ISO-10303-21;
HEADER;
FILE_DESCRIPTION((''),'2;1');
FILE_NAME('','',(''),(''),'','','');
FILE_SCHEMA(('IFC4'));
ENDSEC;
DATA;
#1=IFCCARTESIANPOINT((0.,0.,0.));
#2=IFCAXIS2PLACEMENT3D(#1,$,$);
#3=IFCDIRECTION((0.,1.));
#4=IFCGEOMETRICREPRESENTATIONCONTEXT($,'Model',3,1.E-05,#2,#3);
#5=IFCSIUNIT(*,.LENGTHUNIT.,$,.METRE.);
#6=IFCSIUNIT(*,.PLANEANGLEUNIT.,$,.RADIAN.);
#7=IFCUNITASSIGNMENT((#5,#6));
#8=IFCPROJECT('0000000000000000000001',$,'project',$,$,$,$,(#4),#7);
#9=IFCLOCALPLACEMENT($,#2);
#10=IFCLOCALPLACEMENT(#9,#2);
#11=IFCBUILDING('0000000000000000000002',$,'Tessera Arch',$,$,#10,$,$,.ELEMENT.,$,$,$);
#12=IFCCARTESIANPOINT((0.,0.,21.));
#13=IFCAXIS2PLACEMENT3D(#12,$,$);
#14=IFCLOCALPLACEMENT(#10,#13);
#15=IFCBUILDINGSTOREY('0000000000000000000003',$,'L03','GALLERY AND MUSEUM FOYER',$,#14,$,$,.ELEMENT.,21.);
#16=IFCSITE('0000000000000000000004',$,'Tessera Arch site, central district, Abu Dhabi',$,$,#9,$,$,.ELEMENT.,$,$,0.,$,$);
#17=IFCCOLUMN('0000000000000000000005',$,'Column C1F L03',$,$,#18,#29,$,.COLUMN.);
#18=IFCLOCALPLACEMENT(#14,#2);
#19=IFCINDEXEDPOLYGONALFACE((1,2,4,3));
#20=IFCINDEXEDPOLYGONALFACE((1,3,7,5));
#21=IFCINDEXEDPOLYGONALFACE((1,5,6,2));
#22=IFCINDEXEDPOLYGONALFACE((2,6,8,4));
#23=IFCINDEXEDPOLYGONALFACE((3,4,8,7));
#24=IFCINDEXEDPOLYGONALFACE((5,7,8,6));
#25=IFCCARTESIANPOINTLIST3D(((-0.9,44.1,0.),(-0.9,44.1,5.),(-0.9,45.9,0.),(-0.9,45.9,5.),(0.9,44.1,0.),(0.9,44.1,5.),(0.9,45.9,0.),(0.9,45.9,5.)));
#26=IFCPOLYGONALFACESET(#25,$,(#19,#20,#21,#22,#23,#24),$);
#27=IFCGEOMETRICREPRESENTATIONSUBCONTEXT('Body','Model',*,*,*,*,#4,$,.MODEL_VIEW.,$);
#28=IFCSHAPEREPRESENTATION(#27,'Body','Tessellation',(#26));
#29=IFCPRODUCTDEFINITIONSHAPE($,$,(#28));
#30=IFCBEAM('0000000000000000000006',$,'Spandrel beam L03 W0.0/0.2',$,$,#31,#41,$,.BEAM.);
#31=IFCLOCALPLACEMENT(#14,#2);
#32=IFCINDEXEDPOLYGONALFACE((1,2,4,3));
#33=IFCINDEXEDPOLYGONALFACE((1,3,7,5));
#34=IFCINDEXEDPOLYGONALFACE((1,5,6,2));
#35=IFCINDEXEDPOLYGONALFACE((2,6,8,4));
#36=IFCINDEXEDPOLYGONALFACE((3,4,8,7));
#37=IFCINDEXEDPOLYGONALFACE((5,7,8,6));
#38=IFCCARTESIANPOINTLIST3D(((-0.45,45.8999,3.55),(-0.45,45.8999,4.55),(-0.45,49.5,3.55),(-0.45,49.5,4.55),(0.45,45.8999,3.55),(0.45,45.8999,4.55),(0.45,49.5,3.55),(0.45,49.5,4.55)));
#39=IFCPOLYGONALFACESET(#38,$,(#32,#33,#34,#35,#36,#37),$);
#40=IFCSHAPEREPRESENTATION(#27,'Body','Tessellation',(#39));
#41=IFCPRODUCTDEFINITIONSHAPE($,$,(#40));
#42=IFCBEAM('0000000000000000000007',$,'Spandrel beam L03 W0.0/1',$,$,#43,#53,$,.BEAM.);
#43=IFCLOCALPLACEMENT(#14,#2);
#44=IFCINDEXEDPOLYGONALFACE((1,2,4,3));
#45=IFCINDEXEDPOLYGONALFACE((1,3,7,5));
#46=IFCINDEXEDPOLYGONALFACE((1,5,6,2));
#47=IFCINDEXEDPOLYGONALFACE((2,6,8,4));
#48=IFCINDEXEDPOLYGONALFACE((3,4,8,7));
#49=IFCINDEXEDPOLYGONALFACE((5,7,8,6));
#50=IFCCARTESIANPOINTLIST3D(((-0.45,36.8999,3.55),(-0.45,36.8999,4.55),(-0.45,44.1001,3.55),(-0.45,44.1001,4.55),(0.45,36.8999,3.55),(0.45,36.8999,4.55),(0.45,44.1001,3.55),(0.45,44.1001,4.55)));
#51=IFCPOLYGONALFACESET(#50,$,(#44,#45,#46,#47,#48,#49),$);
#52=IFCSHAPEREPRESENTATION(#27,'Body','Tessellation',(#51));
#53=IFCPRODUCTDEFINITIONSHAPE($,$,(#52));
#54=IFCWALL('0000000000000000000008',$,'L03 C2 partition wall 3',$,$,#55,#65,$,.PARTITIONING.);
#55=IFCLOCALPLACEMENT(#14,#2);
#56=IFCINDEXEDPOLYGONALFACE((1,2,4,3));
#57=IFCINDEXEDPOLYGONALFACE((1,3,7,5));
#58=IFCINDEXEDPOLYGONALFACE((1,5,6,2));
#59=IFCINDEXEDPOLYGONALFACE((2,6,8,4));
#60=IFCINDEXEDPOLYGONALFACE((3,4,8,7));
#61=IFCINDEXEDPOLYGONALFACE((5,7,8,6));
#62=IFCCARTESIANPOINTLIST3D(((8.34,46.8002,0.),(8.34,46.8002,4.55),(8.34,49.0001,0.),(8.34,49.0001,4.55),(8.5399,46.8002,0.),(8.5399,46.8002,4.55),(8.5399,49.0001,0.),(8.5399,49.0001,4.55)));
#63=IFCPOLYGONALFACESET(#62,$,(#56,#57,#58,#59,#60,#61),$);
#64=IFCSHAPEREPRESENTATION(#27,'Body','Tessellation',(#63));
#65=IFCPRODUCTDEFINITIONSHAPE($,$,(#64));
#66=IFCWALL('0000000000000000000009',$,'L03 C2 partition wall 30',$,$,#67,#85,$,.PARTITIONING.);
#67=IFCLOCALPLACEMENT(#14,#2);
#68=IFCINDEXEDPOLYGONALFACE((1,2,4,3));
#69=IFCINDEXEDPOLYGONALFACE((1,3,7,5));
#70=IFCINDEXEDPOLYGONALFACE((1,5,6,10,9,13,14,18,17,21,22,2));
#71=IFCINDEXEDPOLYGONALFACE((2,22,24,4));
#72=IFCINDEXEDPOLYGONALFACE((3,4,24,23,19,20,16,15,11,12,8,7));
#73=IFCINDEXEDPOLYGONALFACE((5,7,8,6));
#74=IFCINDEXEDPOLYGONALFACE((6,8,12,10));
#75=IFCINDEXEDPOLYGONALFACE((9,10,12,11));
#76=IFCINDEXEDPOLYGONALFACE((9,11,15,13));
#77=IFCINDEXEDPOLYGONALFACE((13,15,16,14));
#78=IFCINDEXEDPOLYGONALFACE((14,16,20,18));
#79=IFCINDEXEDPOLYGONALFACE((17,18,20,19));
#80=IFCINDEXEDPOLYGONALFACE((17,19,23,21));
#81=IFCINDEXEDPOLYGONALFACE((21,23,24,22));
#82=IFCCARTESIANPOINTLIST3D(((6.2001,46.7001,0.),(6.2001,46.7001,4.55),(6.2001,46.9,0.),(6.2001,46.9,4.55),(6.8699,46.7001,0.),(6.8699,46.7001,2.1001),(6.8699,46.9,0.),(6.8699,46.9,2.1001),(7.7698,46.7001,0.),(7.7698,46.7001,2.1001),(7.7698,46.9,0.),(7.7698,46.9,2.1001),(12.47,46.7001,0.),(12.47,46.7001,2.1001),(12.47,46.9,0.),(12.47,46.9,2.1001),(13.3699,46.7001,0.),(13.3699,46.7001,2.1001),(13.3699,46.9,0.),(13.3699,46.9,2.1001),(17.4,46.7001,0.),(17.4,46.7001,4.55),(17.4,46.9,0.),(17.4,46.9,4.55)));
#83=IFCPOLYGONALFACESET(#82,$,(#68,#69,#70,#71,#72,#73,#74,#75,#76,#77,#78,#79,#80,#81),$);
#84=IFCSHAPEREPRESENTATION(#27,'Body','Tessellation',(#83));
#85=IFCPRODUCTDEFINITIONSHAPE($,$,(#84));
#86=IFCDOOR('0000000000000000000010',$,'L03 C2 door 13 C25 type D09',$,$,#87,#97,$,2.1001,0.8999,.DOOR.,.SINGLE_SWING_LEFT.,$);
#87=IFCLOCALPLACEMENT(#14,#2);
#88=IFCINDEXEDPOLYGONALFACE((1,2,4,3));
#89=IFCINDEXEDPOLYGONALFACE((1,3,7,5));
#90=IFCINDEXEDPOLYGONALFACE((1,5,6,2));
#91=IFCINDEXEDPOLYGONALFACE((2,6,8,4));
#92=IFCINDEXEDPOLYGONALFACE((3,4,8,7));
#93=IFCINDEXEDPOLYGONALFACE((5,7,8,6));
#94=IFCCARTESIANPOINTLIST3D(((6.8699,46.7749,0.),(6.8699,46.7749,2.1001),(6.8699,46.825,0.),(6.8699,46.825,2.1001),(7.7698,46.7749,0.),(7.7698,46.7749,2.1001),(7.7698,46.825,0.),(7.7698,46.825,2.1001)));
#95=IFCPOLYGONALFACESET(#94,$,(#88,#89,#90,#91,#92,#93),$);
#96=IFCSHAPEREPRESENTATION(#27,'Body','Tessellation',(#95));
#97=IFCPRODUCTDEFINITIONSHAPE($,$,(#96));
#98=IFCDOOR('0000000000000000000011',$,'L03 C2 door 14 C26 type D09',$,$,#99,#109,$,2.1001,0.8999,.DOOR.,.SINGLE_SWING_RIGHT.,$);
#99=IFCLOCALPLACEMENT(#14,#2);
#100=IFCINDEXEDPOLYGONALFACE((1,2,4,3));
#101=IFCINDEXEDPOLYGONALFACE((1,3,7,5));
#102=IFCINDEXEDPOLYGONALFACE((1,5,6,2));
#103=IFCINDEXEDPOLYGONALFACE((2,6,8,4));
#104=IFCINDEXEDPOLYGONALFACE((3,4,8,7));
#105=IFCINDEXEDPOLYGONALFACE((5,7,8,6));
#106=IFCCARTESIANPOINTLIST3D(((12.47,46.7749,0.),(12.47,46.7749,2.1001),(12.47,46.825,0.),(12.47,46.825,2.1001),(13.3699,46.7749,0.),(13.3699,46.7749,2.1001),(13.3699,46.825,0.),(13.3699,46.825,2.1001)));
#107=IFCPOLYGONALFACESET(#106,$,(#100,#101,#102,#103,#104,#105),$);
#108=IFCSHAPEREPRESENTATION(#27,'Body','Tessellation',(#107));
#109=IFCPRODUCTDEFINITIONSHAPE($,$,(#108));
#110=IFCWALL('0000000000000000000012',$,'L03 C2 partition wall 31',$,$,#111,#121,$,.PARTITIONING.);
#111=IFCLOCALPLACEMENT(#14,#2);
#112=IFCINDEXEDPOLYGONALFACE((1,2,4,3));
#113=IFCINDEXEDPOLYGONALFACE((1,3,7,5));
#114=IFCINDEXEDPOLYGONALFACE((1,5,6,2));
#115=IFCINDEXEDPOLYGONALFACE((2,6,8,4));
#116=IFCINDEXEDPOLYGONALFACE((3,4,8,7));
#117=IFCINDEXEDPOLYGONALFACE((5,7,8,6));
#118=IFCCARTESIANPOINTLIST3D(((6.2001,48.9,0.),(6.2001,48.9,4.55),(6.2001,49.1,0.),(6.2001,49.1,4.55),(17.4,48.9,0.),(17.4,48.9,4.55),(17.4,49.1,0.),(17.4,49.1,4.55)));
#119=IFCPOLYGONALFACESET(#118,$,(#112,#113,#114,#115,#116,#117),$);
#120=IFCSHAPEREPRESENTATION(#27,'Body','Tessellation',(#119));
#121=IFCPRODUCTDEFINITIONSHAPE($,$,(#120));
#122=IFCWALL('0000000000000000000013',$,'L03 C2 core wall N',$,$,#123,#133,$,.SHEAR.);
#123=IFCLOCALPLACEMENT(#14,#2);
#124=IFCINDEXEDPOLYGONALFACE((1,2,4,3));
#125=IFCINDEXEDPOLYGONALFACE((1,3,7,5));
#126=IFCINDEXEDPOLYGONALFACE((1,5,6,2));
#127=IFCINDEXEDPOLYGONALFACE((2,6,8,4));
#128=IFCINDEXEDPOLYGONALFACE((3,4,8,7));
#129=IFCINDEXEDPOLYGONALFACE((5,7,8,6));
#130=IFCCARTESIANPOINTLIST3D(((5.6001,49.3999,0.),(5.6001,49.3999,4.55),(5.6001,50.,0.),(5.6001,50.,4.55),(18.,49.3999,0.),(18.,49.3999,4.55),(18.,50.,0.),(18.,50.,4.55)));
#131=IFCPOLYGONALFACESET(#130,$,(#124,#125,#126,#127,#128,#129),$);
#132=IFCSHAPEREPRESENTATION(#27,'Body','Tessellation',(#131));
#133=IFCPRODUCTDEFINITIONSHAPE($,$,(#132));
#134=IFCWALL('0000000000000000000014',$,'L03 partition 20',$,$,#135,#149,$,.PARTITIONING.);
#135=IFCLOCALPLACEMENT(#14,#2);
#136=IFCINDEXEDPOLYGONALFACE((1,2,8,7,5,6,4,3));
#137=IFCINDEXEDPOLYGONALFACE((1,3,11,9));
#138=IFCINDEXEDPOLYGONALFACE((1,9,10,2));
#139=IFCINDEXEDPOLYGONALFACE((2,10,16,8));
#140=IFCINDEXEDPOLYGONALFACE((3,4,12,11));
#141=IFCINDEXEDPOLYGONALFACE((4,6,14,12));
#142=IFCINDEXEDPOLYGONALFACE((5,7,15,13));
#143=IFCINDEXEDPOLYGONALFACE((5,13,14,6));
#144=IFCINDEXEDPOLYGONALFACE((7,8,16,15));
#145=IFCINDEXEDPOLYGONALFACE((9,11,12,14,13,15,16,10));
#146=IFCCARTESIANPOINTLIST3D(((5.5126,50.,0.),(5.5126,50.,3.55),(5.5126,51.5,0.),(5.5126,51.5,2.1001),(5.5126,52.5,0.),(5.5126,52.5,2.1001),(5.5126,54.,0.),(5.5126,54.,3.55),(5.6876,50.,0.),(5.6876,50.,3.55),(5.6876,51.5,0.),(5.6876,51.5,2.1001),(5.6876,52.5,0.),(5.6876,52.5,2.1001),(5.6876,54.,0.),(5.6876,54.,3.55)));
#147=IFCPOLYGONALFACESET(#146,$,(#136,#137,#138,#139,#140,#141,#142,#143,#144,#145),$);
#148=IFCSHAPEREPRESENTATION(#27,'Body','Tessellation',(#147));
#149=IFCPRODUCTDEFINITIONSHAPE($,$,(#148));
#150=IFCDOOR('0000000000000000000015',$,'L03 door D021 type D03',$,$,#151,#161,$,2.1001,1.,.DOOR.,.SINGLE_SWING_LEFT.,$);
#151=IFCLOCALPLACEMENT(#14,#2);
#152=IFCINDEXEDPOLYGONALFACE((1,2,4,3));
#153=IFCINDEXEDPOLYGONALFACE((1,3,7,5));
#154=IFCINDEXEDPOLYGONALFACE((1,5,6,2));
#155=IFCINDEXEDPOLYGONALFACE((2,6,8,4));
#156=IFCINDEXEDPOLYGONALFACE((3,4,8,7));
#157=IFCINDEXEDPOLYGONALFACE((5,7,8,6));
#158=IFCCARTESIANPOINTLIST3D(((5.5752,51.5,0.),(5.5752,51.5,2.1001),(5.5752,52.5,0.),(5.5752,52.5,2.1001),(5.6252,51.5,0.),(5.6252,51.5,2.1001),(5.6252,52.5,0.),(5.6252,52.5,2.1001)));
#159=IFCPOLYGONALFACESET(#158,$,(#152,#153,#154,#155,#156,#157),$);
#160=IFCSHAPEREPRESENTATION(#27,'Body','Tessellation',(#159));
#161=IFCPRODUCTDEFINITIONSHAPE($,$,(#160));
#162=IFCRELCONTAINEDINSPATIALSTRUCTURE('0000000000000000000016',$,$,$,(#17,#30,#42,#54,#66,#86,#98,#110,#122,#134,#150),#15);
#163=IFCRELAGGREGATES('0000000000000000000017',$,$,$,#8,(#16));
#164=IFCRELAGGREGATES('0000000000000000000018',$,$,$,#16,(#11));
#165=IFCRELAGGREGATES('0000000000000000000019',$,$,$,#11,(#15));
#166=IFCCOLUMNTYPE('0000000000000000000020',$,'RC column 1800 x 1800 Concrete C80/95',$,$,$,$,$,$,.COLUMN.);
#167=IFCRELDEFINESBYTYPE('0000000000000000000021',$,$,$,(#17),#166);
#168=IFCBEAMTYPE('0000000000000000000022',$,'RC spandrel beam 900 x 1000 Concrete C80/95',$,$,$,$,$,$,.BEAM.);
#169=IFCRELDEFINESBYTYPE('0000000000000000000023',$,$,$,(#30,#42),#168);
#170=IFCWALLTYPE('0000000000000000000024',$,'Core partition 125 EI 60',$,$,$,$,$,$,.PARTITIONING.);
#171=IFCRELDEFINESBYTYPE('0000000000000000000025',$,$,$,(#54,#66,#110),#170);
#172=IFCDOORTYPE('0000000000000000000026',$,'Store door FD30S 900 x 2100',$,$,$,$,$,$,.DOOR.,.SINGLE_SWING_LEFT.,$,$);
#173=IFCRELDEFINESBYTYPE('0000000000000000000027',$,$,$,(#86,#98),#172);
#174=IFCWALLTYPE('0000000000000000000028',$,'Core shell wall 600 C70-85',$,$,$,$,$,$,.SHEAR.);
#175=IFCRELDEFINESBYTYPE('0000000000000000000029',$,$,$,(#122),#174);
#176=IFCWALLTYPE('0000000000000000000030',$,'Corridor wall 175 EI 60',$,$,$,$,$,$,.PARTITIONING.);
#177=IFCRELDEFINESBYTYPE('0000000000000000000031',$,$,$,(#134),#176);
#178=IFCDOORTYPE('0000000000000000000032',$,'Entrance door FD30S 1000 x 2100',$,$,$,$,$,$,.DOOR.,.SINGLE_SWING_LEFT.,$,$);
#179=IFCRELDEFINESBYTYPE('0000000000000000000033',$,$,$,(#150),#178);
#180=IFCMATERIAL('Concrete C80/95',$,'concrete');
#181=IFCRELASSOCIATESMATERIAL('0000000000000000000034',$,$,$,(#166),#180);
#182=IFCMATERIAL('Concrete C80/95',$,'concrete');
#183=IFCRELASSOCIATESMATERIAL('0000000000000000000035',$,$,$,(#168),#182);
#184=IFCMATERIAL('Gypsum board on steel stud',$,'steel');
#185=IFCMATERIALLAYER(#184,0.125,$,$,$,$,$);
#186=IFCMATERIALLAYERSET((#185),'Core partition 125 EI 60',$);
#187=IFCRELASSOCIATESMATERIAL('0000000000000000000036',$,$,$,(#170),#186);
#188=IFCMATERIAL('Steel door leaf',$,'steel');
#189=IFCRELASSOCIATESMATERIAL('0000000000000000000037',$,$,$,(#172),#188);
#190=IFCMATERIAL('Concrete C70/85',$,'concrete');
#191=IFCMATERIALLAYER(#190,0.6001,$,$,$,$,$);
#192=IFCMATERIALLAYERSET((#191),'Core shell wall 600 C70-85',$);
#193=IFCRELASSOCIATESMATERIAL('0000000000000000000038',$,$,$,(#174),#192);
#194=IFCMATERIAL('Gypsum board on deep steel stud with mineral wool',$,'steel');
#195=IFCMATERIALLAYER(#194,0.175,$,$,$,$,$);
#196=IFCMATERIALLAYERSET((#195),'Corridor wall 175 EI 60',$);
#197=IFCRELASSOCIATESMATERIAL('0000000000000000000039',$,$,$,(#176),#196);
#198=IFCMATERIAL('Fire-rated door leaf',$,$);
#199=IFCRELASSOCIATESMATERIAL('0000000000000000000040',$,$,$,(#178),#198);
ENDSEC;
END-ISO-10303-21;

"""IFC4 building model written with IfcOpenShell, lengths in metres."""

from ifc_helpers import new_model, si_unit, direction, frame, frame_2d, origin, origin_2d, place, context, subcontext, project, spatial, rectangle, extrude, material, layer, layer_set, material_profile, profile_set, type_object, element, fill, save


model = new_model("IFC4")

# Units and contexts
model_context = context("Model", 3, precision=1e-05, world=origin(), true_north=direction((0.0, 1.0)))
body_context = subcontext(model_context, "Body", "Model", "MODEL_VIEW")
ifc_project = project(units=[si_unit("LENGTHUNIT", "METRE"), si_unit("PLANEANGLEUNIT", "RADIAN")], contexts=[model_context])

# Site, building, storey
site_placement = place(None, origin())
site = spatial("IfcSite", under=ifc_project, at=site_placement, Name="Tessera Arch site, central district, Abu Dhabi", CompositionType="ELEMENT", RefElevation=0.0)
building_placement = place(site_placement, origin())
building = spatial("IfcBuilding", under=site, at=building_placement, Name="Tessera Arch", CompositionType="ELEMENT")
storey_placement = place(building_placement, frame((0.0, 0.0, 21.0)))
storey = spatial("IfcBuildingStorey", under=building, at=storey_placement, Name="L03", Description="GALLERY AND MUSEUM FOYER", CompositionType="ELEMENT", Elevation=21.0)

# Column
ifc_material_1 = material(Name="Concrete C80/95", Category="concrete")
ifc_material_profile_1 = material_profile(ifc_material_1, rectangle(XDim=1.8, YDim=1.8, at=origin_2d()), Name="RC column 1800 x 1800 Concrete C80/95")
ifc_profile_set_1 = profile_set([ifc_material_profile_1], Name="Concrete C80/95")
column_type = type_object("IfcColumnType", Name="RC column 1800 x 1800 Concrete C80/95", PredefinedType="COLUMN", material=ifc_profile_set_1)
column_placement = place(storey_placement, frame((0.0, 45.0, 0.0), z_axis=(0.0, 0.0, 1.0), x_axis=(1.0, 0.0, 0.0)))
element("IfcColumn", 1, at=column_placement, inside=storey, type_object=column_type, Name="Column C1F L03", PredefinedType="COLUMN", context=body_context, shape_type="SweptSolid", body=[
    extrude(rectangle(XDim=1.8, YDim=1.8, at=origin_2d()), origin(), (0.0, 0.0, 1.0), 5.0),
])

# Beams
ifc_material_2 = material(Name="Concrete C80/95", Category="concrete")
ifc_material_profile_2 = material_profile(ifc_material_2, rectangle(XDim=0.8999, YDim=1.0, at=origin_2d()), Name="RC spandrel beam 900 x 1000 Concrete C80/95")
ifc_profile_set_2 = profile_set([ifc_material_profile_2], Name="Concrete C80/95")
beam_type = type_object("IfcBeamType", Name="RC spandrel beam 900 x 1000 Concrete C80/95", PredefinedType="BEAM", material=ifc_profile_set_2)
beam_1_placement = place(storey_placement, frame((0.0, 49.5, 4.05), z_axis=(0.0, -1.0, 0.0), x_axis=(1.0, 0.0, 0.0)))
element("IfcBeam", 2, at=beam_1_placement, inside=storey, type_object=beam_type, Name="Spandrel beam L03 W0.0/0.2", PredefinedType="BEAM", context=body_context, shape_type="SweptSolid", body=[
    extrude(rectangle(XDim=0.8999, YDim=1.0, at=origin_2d()), origin(), (0.0, 0.0, 1.0), 3.6001),
])
beam_2_placement = place(storey_placement, frame((0.0, 44.1001, 4.05), z_axis=(0.0, -1.0, 0.0), x_axis=(1.0, 0.0, 0.0)))
element("IfcBeam", 3, at=beam_2_placement, inside=storey, type_object=beam_type, Name="Spandrel beam L03 W0.0/1", PredefinedType="BEAM", context=body_context, shape_type="SweptSolid", body=[
    extrude(rectangle(XDim=0.8999, YDim=1.0, at=origin_2d()), origin(), (0.0, 0.0, 1.0), 7.2002),
])

# Wall
ifc_material_3 = material(Name="Gypsum board on steel stud", Category="steel")
ifc_layer_1 = layer(ifc_material_3, 0.125)
ifc_layer_set_1 = layer_set([ifc_layer_1], Name="Core partition 125 EI 60")
wall_type_1 = type_object("IfcWallType", Name="Core partition 125 EI 60", PredefinedType="PARTITIONING", material=ifc_layer_set_1)
wall_1_placement = place(storey_placement, frame((8.4399, 46.8, 0.0), z_axis=(0.0, 0.0, 1.0), x_axis=(0.0, 1.0, 0.0)))
element("IfcWall", 4, at=wall_1_placement, inside=storey, type_object=wall_type_1, Name="L03 C2 partition wall 3", PredefinedType="PARTITIONING", context=body_context, shape_type="SweptSolid", body=[
    extrude(rectangle(XDim=2.2, YDim=0.2, at=frame_2d((1.1001, 0.0))), origin(), (0.0, 0.0, 1.0), 4.55),
])

# Wall, openings, doors
wall_2_placement = place(storey_placement, frame((6.2, 46.8, 0.0), z_axis=(0.0, 0.0, 1.0), x_axis=(1.0, 0.0, 0.0)))
wall_2 = element("IfcWall", 5, at=wall_2_placement, inside=storey, type_object=wall_type_1, Name="L03 C2 partition wall 30", PredefinedType="PARTITIONING", context=body_context, shape_type="SweptSolid", body=[
    extrude(rectangle(XDim=11.2, YDim=0.2, at=frame_2d((5.6001, 0.0))), origin(), (0.0, 0.0, 1.0), 4.55),
])
opening_1_placement = place(wall_2_placement, frame((0.6699, 0.0, 0.0)))
opening_1 = element("IfcOpeningElement", 6, at=opening_1_placement, cuts=wall_2, PredefinedType="OPENING", context=body_context, shape_type="SweptSolid", body=[
    extrude(rectangle(XDim=0.8999, YDim=2.1001, at=frame_2d((0.45, 1.05))), frame((0.0, 0.1099, 0.0), z_axis=(0.0, -1.0, 0.0), x_axis=(1.0, 0.0, 0.0)), (0.0, 0.0, 1.0), 0.22),
])
opening_2_placement = place(wall_2_placement, frame((6.27, 0.0, 0.0)))
opening_2 = element("IfcOpeningElement", 7, at=opening_2_placement, cuts=wall_2, PredefinedType="OPENING", context=body_context, shape_type="SweptSolid", body=[
    extrude(rectangle(XDim=0.8999, YDim=2.1001, at=frame_2d((0.45, 1.05))), frame((0.0, 0.1099, 0.0), z_axis=(0.0, -1.0, 0.0), x_axis=(1.0, 0.0, 0.0)), (0.0, 0.0, 1.0), 0.22),
])
ifc_material_4 = material(Name="Steel door leaf", Category="steel")
door_type_1 = type_object("IfcDoorType", Name="Store door FD30S 900 x 2100", OperationType="SINGLE_SWING_LEFT", PredefinedType="DOOR", material=ifc_material_4)
door_1_placement = place(opening_1_placement, origin())
door_1 = element("IfcDoor", 8, at=door_1_placement, inside=storey, type_object=door_type_1, Name="L03 C2 door 13 C25 type D09", OperationType="SINGLE_SWING_LEFT", OverallHeight=2.1001, OverallWidth=0.8999, PredefinedType="DOOR", context=body_context, shape_type="SweptSolid", body=[
    extrude(rectangle(XDim=0.8999, YDim=2.1001, at=frame_2d((0.45, 1.05))), frame((0.0, 0.0249, 0.0), z_axis=(0.0, -1.0, 0.0), x_axis=(1.0, 0.0, 0.0)), (0.0, 0.0, 1.0), 0.05),
])
fill(opening_1, door_1)
door_2_placement = place(opening_2_placement, origin())
door_2 = element("IfcDoor", 9, at=door_2_placement, inside=storey, type_object=door_type_1, Name="L03 C2 door 14 C26 type D09", OperationType="SINGLE_SWING_RIGHT", OverallHeight=2.1001, OverallWidth=0.8999, PredefinedType="DOOR", context=body_context, shape_type="SweptSolid", body=[
    extrude(rectangle(XDim=0.8999, YDim=2.1001, at=frame_2d((0.45, 1.05))), frame((0.0, 0.0249, 0.0), z_axis=(0.0, -1.0, 0.0), x_axis=(1.0, 0.0, 0.0)), (0.0, 0.0, 1.0), 0.05),
])
fill(opening_2, door_2)

# Walls
wall_3_placement = place(storey_placement, frame((6.2, 49.0, 0.0), z_axis=(0.0, 0.0, 1.0), x_axis=(1.0, 0.0, 0.0)))
element("IfcWall", 10, at=wall_3_placement, inside=storey, type_object=wall_type_1, Name="L03 C2 partition wall 31", PredefinedType="PARTITIONING", context=body_context, shape_type="SweptSolid", body=[
    extrude(rectangle(XDim=11.2, YDim=0.2, at=frame_2d((5.6001, 0.0))), origin(), (0.0, 0.0, 1.0), 4.55),
])
ifc_material_5 = material(Name="Concrete C70/85", Category="concrete")
ifc_layer_2 = layer(ifc_material_5, 0.6001)
ifc_layer_set_2 = layer_set([ifc_layer_2], Name="Core shell wall 600 C70-85")
wall_type_2 = type_object("IfcWallType", Name="Core shell wall 600 C70-85", PredefinedType="SHEAR", material=ifc_layer_set_2)
wall_4_placement = place(storey_placement, frame((5.6001, 49.7, 0.0), z_axis=(0.0, 0.0, 1.0), x_axis=(1.0, 0.0, 0.0)))
element("IfcWall", 11, at=wall_4_placement, inside=storey, type_object=wall_type_2, Name="L03 C2 core wall N", PredefinedType="SHEAR", context=body_context, shape_type="SweptSolid", body=[
    extrude(rectangle(XDim=12.3999, YDim=0.6001, at=frame_2d((6.2, 0.0))), origin(), (0.0, 0.0, 1.0), 4.55),
])

# Wall, opening, door
ifc_material_6 = material(Name="Gypsum board on deep steel stud with mineral wool", Category="steel")
ifc_layer_3 = layer(ifc_material_6, 0.175)
ifc_layer_set_3 = layer_set([ifc_layer_3], Name="Corridor wall 175 EI 60")
wall_type_3 = type_object("IfcWallType", Name="Corridor wall 175 EI 60", PredefinedType="PARTITIONING", material=ifc_layer_set_3)
wall_5_placement = place(storey_placement, frame((5.6001, 50.0, 0.0), z_axis=(0.0, 0.0, 1.0), x_axis=(0.0, 1.0, 0.0)))
wall_5 = element("IfcWall", 12, at=wall_5_placement, inside=storey, type_object=wall_type_3, Name="L03 partition 20", PredefinedType="PARTITIONING", context=body_context, shape_type="SweptSolid", body=[
    extrude(rectangle(XDim=4.0, YDim=0.175, at=frame_2d((2.0, 0.0))), origin(), (0.0, 0.0, 1.0), 3.55),
])
opening_3_placement = place(wall_5_placement, frame((1.5, 0.0, 0.0)))
opening_3 = element("IfcOpeningElement", 13, at=opening_3_placement, cuts=wall_5, PredefinedType="OPENING", context=body_context, shape_type="SweptSolid", body=[
    extrude(rectangle(XDim=1.0, YDim=2.1001, at=frame_2d((0.5, 1.05))), frame((0.0, 0.0974, 0.0), z_axis=(0.0, -1.0, 0.0), x_axis=(1.0, 0.0, 0.0)), (0.0, 0.0, 1.0), 0.1951),
])
ifc_material_7 = material(Name="Fire-rated door leaf")
door_type_2 = type_object("IfcDoorType", Name="Entrance door FD30S 1000 x 2100", OperationType="SINGLE_SWING_LEFT", PredefinedType="DOOR", material=ifc_material_7)
door_3_placement = place(opening_3_placement, origin())
door_3 = element("IfcDoor", 14, at=door_3_placement, inside=storey, type_object=door_type_2, Name="L03 door D021 type D03", OperationType="SINGLE_SWING_LEFT", OverallHeight=2.1001, OverallWidth=1.0, PredefinedType="DOOR", context=body_context, shape_type="SweptSolid", body=[
    extrude(rectangle(XDim=1.0, YDim=2.1001, at=frame_2d((0.5, 1.05))), frame((0.0, 0.0249, 0.0), z_axis=(0.0, -1.0, 0.0), x_axis=(1.0, 0.0, 0.0)), (0.0, 0.0, 1.0), 0.05),
])
fill(opening_3, door_3)

save(model, "model.ifc")
